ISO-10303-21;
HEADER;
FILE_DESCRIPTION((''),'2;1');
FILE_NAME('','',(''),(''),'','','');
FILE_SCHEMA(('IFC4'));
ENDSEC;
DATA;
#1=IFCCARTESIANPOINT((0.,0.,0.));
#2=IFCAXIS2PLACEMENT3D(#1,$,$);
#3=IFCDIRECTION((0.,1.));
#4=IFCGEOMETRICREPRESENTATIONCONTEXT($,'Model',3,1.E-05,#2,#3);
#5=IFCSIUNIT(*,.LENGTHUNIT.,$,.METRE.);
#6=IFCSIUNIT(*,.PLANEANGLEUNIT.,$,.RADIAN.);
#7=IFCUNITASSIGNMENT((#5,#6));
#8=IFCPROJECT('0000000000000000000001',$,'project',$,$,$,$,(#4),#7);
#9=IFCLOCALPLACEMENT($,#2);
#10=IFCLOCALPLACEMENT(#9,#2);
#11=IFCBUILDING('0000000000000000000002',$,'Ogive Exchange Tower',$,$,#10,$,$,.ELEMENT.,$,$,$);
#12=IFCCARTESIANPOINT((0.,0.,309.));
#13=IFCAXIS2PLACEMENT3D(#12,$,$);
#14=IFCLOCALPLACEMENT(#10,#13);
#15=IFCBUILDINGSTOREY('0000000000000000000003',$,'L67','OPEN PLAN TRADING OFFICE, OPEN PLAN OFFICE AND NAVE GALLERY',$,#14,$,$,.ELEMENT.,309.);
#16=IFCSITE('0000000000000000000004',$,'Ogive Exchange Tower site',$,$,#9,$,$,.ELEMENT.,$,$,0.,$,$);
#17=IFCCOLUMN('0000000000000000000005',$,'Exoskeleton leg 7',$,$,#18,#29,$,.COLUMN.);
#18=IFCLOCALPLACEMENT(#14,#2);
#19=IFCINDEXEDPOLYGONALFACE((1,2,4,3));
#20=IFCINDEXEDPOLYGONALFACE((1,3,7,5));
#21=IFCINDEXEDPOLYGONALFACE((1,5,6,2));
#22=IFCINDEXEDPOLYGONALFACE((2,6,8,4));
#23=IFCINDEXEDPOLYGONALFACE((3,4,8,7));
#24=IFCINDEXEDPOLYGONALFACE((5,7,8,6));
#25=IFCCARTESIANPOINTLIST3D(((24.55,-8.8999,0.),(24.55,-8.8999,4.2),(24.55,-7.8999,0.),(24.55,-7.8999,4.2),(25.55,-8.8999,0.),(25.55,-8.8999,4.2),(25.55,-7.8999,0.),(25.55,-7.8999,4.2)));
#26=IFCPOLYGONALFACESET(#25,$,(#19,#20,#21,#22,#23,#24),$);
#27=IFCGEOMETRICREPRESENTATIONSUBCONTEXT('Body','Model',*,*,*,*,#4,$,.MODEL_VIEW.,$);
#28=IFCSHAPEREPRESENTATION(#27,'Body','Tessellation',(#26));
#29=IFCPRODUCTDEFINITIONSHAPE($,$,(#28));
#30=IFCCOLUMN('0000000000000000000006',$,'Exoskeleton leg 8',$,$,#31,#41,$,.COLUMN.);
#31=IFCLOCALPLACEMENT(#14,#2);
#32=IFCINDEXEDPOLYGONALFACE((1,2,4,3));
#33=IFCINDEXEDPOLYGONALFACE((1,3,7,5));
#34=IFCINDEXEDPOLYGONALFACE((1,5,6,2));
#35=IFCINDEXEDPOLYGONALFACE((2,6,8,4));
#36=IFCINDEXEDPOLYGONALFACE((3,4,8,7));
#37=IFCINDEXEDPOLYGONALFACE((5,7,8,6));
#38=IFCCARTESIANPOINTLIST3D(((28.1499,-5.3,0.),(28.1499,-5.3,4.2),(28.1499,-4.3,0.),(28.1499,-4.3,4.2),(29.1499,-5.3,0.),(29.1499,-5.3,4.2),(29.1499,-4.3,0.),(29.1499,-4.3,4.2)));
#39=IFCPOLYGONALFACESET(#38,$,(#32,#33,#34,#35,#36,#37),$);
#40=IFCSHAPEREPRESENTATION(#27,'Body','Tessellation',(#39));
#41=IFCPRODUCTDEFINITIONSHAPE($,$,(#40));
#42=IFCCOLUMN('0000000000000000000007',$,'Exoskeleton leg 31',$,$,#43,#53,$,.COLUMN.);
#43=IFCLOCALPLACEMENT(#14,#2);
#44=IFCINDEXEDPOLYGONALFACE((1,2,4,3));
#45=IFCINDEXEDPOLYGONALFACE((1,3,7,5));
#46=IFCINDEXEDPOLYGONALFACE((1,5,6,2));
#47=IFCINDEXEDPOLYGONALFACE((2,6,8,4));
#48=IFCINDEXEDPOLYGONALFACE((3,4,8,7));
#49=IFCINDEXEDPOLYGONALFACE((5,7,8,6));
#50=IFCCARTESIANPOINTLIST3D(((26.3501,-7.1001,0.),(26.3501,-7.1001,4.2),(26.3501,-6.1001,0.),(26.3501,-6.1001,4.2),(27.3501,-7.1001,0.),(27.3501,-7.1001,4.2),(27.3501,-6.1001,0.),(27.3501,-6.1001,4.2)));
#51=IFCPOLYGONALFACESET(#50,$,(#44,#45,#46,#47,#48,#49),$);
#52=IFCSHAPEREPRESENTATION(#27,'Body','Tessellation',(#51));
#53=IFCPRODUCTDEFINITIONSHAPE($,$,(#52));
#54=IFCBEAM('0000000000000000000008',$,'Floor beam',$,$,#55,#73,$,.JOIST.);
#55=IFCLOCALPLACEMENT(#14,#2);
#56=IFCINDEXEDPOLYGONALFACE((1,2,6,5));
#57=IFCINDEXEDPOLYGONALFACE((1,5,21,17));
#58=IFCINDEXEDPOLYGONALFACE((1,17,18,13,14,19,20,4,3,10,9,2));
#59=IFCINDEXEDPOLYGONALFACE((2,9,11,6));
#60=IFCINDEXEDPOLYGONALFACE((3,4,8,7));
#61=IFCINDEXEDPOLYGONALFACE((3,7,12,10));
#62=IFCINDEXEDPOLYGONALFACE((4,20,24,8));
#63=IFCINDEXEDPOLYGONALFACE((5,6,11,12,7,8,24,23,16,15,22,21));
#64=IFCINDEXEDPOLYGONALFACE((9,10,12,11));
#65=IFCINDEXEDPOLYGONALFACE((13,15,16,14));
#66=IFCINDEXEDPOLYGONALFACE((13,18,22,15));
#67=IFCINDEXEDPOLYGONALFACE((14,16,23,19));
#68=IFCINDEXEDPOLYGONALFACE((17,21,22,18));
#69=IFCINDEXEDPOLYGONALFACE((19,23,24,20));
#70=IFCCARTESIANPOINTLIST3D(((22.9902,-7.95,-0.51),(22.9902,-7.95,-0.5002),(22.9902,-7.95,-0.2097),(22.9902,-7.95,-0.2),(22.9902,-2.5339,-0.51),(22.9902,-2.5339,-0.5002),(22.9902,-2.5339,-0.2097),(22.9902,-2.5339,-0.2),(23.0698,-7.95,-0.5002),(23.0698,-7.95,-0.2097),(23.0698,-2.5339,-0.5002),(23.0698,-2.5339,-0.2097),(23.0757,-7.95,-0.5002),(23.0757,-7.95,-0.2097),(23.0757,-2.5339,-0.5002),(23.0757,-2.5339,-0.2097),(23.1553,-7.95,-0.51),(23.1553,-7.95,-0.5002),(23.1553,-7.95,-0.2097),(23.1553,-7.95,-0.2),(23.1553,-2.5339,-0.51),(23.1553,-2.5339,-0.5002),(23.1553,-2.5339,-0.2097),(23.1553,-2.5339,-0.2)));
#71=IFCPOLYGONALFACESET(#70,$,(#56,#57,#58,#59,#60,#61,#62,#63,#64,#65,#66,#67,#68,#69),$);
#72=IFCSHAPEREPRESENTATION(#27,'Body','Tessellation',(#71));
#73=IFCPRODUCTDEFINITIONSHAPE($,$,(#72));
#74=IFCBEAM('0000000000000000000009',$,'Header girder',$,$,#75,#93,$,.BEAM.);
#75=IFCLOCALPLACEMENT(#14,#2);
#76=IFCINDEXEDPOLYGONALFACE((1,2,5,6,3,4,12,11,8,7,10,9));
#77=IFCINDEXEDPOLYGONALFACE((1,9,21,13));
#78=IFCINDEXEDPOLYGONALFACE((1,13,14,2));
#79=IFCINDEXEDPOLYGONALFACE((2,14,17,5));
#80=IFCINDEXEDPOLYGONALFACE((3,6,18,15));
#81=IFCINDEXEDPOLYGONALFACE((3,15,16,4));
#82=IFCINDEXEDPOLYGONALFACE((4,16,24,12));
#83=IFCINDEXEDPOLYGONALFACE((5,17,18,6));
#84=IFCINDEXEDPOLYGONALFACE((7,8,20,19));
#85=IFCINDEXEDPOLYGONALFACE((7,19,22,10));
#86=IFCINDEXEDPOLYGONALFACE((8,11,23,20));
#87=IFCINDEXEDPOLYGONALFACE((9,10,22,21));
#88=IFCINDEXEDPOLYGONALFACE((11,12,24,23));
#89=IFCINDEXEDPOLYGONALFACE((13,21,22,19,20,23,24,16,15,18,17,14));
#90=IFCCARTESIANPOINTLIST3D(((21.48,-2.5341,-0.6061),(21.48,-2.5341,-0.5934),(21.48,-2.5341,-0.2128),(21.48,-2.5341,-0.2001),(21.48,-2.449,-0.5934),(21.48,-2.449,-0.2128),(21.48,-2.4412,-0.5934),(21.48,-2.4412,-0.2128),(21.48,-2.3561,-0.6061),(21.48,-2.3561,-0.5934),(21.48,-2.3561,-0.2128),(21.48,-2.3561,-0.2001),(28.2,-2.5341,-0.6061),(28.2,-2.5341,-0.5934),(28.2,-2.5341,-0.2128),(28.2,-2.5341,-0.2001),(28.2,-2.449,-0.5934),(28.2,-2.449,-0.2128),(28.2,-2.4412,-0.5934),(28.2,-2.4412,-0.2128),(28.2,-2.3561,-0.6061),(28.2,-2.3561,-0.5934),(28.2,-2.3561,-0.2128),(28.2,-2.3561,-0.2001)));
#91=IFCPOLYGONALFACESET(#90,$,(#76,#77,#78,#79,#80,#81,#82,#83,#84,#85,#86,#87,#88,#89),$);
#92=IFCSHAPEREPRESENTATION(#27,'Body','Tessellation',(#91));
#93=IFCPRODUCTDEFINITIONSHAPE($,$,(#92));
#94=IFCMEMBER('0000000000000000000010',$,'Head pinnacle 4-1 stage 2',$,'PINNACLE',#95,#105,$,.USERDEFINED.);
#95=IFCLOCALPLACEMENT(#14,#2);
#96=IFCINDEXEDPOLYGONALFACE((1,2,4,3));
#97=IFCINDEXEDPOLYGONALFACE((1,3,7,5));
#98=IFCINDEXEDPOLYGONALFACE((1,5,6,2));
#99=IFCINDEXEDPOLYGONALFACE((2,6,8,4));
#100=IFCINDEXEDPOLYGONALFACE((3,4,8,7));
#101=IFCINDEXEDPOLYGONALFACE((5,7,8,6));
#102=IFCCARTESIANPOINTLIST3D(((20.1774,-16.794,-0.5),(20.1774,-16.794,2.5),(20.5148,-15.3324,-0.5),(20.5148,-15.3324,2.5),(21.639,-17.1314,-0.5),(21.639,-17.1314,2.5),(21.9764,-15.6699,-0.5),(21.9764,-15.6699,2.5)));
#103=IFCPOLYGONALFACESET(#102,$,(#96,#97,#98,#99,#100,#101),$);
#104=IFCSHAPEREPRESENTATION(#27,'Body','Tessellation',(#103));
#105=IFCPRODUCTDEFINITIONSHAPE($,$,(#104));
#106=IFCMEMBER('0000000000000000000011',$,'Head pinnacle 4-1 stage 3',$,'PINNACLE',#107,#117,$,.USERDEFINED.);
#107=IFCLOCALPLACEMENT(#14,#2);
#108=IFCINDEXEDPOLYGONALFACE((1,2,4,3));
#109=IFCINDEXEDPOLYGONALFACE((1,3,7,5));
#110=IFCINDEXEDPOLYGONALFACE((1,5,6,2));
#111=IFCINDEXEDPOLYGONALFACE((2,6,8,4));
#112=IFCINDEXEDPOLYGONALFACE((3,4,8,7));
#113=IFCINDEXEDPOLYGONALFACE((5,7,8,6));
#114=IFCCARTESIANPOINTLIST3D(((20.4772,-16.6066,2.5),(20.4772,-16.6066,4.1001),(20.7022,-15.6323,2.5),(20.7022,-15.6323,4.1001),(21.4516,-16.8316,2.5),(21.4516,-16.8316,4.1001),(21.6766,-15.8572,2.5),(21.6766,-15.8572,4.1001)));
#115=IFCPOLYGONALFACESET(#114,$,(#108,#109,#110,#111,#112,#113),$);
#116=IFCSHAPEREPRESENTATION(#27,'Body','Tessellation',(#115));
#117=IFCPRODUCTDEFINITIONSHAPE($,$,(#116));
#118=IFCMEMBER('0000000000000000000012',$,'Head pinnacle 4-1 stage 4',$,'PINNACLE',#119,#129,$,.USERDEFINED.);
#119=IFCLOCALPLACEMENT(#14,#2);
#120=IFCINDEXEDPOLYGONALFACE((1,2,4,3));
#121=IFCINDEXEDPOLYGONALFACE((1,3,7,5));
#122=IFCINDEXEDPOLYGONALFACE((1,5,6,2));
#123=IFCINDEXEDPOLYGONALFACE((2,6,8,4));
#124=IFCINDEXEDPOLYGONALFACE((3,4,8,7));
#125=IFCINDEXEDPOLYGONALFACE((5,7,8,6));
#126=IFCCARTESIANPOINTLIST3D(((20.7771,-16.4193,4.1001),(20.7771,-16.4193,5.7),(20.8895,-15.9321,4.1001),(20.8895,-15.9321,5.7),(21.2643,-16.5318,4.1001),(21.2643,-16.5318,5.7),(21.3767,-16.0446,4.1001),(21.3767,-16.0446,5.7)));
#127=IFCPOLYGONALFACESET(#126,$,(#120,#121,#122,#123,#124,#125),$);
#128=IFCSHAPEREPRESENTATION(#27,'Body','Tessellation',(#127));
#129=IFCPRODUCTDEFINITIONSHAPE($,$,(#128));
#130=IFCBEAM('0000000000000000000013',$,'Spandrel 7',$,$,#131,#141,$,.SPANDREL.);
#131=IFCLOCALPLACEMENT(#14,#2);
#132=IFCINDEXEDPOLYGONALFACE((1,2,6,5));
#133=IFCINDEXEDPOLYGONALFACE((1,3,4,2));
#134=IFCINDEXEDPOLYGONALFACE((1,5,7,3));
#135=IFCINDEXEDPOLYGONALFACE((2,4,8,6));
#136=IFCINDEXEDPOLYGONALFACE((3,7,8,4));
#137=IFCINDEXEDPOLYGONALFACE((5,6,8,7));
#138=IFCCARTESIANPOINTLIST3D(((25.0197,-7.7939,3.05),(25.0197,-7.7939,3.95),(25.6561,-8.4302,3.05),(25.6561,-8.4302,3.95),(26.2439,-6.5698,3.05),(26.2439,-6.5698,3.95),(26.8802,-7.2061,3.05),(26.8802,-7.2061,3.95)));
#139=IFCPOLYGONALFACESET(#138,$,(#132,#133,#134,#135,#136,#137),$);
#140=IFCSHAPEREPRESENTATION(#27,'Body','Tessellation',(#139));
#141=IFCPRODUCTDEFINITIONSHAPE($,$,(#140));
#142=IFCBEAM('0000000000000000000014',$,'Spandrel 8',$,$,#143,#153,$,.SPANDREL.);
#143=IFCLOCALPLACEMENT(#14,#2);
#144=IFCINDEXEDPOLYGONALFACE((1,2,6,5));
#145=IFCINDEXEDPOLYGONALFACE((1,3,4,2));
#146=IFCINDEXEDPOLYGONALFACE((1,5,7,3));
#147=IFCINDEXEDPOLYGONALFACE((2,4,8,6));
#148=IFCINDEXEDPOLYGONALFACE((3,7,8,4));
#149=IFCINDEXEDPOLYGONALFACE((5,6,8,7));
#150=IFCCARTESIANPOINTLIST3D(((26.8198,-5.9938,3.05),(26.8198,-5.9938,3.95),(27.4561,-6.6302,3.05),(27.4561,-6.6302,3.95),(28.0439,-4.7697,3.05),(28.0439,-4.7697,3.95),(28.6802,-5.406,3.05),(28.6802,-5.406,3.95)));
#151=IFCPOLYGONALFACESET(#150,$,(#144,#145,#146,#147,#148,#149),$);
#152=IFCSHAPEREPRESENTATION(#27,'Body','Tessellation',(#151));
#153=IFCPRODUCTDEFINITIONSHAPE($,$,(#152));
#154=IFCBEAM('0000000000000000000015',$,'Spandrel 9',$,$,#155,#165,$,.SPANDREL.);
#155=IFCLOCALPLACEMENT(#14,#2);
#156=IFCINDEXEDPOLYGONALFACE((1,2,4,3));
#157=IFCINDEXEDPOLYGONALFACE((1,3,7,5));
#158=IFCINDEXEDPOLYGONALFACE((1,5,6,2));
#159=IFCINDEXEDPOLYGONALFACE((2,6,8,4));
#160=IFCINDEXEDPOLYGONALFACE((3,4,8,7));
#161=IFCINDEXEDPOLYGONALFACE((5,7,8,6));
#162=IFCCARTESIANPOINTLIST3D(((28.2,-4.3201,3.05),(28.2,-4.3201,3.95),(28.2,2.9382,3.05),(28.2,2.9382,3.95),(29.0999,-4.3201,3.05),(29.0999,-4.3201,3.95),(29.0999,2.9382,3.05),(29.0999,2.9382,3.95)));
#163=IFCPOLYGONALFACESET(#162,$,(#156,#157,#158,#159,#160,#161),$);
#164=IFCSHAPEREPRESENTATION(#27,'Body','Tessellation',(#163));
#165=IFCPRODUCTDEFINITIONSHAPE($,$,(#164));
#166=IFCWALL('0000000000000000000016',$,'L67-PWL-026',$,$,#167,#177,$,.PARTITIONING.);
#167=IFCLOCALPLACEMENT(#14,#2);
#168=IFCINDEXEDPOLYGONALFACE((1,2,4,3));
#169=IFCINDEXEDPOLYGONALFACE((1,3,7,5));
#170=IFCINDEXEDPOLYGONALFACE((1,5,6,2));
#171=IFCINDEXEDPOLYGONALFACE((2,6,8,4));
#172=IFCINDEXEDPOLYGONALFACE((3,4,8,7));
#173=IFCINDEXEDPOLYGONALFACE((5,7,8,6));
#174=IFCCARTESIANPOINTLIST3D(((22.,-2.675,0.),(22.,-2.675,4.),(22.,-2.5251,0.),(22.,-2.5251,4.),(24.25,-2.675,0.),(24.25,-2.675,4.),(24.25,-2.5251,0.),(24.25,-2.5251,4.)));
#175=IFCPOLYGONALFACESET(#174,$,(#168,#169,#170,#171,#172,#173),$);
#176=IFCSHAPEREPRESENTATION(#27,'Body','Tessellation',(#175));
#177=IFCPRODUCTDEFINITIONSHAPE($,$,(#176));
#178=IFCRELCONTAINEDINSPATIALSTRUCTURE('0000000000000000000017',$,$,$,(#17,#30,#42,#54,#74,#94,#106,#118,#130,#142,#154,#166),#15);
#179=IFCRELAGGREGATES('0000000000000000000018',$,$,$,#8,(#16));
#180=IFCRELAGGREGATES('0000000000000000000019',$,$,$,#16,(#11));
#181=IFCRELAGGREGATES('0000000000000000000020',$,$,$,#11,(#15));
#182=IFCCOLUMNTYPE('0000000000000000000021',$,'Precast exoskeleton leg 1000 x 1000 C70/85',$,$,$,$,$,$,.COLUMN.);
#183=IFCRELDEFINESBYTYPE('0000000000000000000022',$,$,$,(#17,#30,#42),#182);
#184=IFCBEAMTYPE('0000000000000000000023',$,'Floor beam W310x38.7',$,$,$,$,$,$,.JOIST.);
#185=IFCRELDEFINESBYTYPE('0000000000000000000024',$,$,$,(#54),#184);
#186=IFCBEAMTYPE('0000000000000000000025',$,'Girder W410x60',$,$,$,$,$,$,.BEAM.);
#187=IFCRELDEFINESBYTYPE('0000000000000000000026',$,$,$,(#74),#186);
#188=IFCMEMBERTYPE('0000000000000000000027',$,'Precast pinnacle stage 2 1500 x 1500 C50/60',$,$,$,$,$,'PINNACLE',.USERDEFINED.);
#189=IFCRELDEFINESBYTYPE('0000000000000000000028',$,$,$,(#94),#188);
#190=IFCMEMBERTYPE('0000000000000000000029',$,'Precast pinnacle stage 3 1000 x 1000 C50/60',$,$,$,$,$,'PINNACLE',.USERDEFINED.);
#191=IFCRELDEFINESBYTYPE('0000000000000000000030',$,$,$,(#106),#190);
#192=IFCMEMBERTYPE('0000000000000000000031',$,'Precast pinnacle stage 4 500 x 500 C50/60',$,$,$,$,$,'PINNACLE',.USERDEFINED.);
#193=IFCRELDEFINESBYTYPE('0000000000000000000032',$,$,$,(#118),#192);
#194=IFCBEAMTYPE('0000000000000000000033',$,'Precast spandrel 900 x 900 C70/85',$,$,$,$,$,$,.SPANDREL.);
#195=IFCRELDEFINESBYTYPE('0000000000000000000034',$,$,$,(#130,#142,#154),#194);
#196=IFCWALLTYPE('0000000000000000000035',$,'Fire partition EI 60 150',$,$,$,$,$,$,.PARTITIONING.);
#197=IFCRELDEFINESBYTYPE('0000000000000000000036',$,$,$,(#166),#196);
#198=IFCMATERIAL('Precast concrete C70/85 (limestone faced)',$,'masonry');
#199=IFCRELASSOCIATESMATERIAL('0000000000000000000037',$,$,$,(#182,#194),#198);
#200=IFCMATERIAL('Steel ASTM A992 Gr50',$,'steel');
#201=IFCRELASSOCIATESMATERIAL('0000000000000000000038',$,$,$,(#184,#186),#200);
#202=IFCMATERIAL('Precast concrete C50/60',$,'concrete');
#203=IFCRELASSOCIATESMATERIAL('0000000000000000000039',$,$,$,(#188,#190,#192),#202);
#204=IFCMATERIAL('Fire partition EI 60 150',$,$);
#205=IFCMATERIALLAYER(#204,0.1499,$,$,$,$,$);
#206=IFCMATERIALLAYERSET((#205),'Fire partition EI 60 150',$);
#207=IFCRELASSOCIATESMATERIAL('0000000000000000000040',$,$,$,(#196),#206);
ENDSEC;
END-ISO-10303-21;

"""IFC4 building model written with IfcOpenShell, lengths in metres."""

from ifc_helpers import new_model, si_unit, direction, frame, frame_2d, origin, origin_2d, place, context, subcontext, project, spatial, rectangle, i_section, extrude, material, layer, layer_set, material_profile, profile_set, type_object, element, save


model = new_model("IFC4")

# Units and contexts
model_context = context("Model", 3, precision=1e-05, world=origin(), true_north=direction((0.0, 1.0)))
body_context = subcontext(model_context, "Body", "Model", "MODEL_VIEW")
ifc_project = project(units=[si_unit("LENGTHUNIT", "METRE"), si_unit("PLANEANGLEUNIT", "RADIAN")], contexts=[model_context])

# Site, building, storey
site_placement = place(None, origin())
site = spatial("IfcSite", under=ifc_project, at=site_placement, Name="Ogive Exchange Tower site", CompositionType="ELEMENT", RefElevation=0.0)
building_placement = place(site_placement, origin())
building = spatial("IfcBuilding", under=site, at=building_placement, Name="Ogive Exchange Tower", CompositionType="ELEMENT")
storey_placement = place(building_placement, frame((0.0, 0.0, 309.0)))
storey = spatial("IfcBuildingStorey", under=building, at=storey_placement, Name="L67", Description="OPEN PLAN TRADING OFFICE, OPEN PLAN OFFICE AND NAVE GALLERY", CompositionType="ELEMENT", Elevation=309.0)

# Columns
ifc_material_1 = material(Name="Precast concrete C70/85 (limestone faced)", Category="masonry")
ifc_material_profile_1 = material_profile(ifc_material_1, rectangle(XDim=1.0, YDim=1.0, at=origin_2d()), Name="1000 x 1000")
ifc_profile_set_1 = profile_set([ifc_material_profile_1], Name="Precast concrete C70/85 (limestone faced)")
column_type = type_object("IfcColumnType", Name="Precast exoskeleton leg 1000 x 1000 C70/85", PredefinedType="COLUMN", material=ifc_profile_set_1)
for number, where, z_axis, x_axis, name in (
    (1, (25.05, -8.3999, 0.0), (0.0, 0.0, 1.0), (1.0, 0.0, 0.0), "Exoskeleton leg 7"),
    (2, (28.6499, -4.8, 0.0), (0.0, 0.0, 1.0), (1.0, 0.0, 0.0), "Exoskeleton leg 8"),
    (3, (26.8501, -6.6001, 0.0), (0.0, 0.0, 1.0), (1.0, 0.0, 0.0), "Exoskeleton leg 31"),
):
    element("IfcColumn", number, at=place(storey_placement, frame(where, z_axis=z_axis, x_axis=x_axis)), inside=storey, type_object=column_type, Name=name, PredefinedType="COLUMN", context=body_context, shape_type="SweptSolid", body=[
        extrude(rectangle(XDim=1.0, YDim=1.0, at=origin_2d()), origin(), (0.0, 0.0, 1.0), 4.2),
    ])

# Beams
ifc_material_2 = material(Name="Steel ASTM A992 Gr50", Category="steel")
ifc_material_profile_2 = material_profile(ifc_material_2, i_section(OverallWidth=0.165, OverallDepth=0.3101, WebThickness=0.0059, FlangeThickness=0.0098, at=origin_2d()), Name="W310x38.7")
ifc_profile_set_2 = profile_set([ifc_material_profile_2], Name="Steel ASTM A992 Gr50")
beam_type_1 = type_object("IfcBeamType", Name="Floor beam W310x38.7", PredefinedType="JOIST", material=ifc_profile_set_2)
beam_1_placement = place(storey_placement, frame((23.0728, -7.95, -0.355), z_axis=(0.0, 1.0, 0.0), x_axis=(-1.0, 0.0, 0.0)))
element("IfcBeam", 4, at=beam_1_placement, inside=storey, type_object=beam_type_1, Name="Floor beam", PredefinedType="JOIST", context=body_context, shape_type="SweptSolid", body=[
    extrude(i_section(OverallWidth=0.165, OverallDepth=0.3101, WebThickness=0.0059, FlangeThickness=0.0098, at=origin_2d()), origin(), (0.0, 0.0, 1.0), 5.416),
])
ifc_material_profile_3 = material_profile(ifc_material_2, i_section(OverallWidth=0.178, OverallDepth=0.406, WebThickness=0.0078, FlangeThickness=0.0127, at=origin_2d()), Name="W410x60")
ifc_profile_set_3 = profile_set([ifc_material_profile_3], Name="Steel ASTM A992 Gr50")
beam_type_2 = type_object("IfcBeamType", Name="Girder W410x60", PredefinedType="BEAM", material=ifc_profile_set_3)
beam_2_placement = place(storey_placement, frame((21.48, -2.4451, -0.4031), z_axis=(1.0, 0.0, 0.0), x_axis=(0.0, 1.0, 0.0)))
element("IfcBeam", 5, at=beam_2_placement, inside=storey, type_object=beam_type_2, Name="Header girder", PredefinedType="BEAM", context=body_context, shape_type="SweptSolid", body=[
    extrude(i_section(OverallWidth=0.178, OverallDepth=0.406, WebThickness=0.0078, FlangeThickness=0.0127, at=origin_2d()), origin(), (0.0, 0.0, 1.0), 6.72),
])

# Members
ifc_material_3 = material(Name="Precast concrete C50/60", Category="concrete")
ifc_material_profile_4 = material_profile(ifc_material_3, rectangle(XDim=1.5, YDim=1.5, at=origin_2d()), Name="PINNACLE 2 1500 x 1500")
ifc_profile_set_4 = profile_set([ifc_material_profile_4], Name="Precast concrete C50/60")
member_type_1 = type_object("IfcMemberType", Name="Precast pinnacle stage 2 1500 x 1500 C50/60", ElementType="PINNACLE", PredefinedType="USERDEFINED", material=ifc_profile_set_4)
member_1_placement = place(storey_placement, frame((21.0769, -16.2319, -0.5), z_axis=(0.0, 0.0, 1.0), x_axis=(0.97437, -0.224951, 0.0)))
element("IfcMember", 6, at=member_1_placement, inside=storey, type_object=member_type_1, Name="Head pinnacle 4-1 stage 2", ObjectType="PINNACLE", PredefinedType="USERDEFINED", context=body_context, shape_type="SweptSolid", body=[
    extrude(rectangle(XDim=1.5, YDim=1.5, at=origin_2d()), origin(), (0.0, 0.0, 1.0), 3.0),
])
ifc_material_profile_5 = material_profile(ifc_material_3, rectangle(XDim=1.0, YDim=1.0, at=origin_2d()), Name="PINNACLE 3 1000 x 1000")
ifc_profile_set_5 = profile_set([ifc_material_profile_5], Name="Precast concrete C50/60")
member_type_2 = type_object("IfcMemberType", Name="Precast pinnacle stage 3 1000 x 1000 C50/60", ElementType="PINNACLE", PredefinedType="USERDEFINED", material=ifc_profile_set_5)
member_2_placement = place(storey_placement, frame((21.0769, -16.2319, 2.5), z_axis=(0.0, 0.0, 1.0), x_axis=(0.97437, -0.224951, 0.0)))
element("IfcMember", 7, at=member_2_placement, inside=storey, type_object=member_type_2, Name="Head pinnacle 4-1 stage 3", ObjectType="PINNACLE", PredefinedType="USERDEFINED", context=body_context, shape_type="SweptSolid", body=[
    extrude(rectangle(XDim=1.0, YDim=1.0, at=origin_2d()), origin(), (0.0, 0.0, 1.0), 1.6001),
])
ifc_material_profile_6 = material_profile(ifc_material_3, rectangle(XDim=0.5, YDim=0.5, at=origin_2d()), Name="PINNACLE 4 500 x 500")
ifc_profile_set_6 = profile_set([ifc_material_profile_6], Name="Precast concrete C50/60")
member_type_3 = type_object("IfcMemberType", Name="Precast pinnacle stage 4 500 x 500 C50/60", ElementType="PINNACLE", PredefinedType="USERDEFINED", material=ifc_profile_set_6)
member_3_placement = place(storey_placement, frame((21.0769, -16.2319, 4.1001), z_axis=(0.0, 0.0, 1.0), x_axis=(0.97437, -0.224951, 0.0)))
element("IfcMember", 8, at=member_3_placement, inside=storey, type_object=member_type_3, Name="Head pinnacle 4-1 stage 4", ObjectType="PINNACLE", PredefinedType="USERDEFINED", context=body_context, shape_type="SweptSolid", body=[
    extrude(rectangle(XDim=0.5, YDim=0.5, at=origin_2d()), origin(), (0.0, 0.0, 1.0), 1.5999),
])

# Beams
ifc_material_profile_7 = material_profile(ifc_material_1, rectangle(XDim=0.8999, YDim=0.8999, at=origin_2d()), Name="900 x 900")
ifc_profile_set_7 = profile_set([ifc_material_profile_7], Name="Precast concrete C70/85 (limestone faced)")
beam_type_3 = type_object("IfcBeamType", Name="Precast spandrel 900 x 900 C70/85", PredefinedType="SPANDREL", material=ifc_profile_set_7)
for number, where, z_axis, x_axis, name in (
    (9, (25.3379, -8.1121, 3.5), (0.707107, 0.707107, 0.0), (-0.707107, 0.707107, 0.0), "Spandrel 7"),
    (10, (27.1379, -6.312, 3.5), (0.707107, 0.707107, 0.0), (-0.707107, 0.707107, 0.0), "Spandrel 8"),
):
    element("IfcBeam", number, at=place(storey_placement, frame(where, z_axis=z_axis, x_axis=x_axis)), inside=storey, type_object=beam_type_3, Name=name, PredefinedType="SPANDREL", context=body_context, shape_type="SweptSolid", body=[
        extrude(rectangle(XDim=0.8999, YDim=0.8999, at=origin_2d()), origin(), (0.0, 0.0, 1.0), 1.7312),
    ])
beam_3_placement = place(storey_placement, frame((28.6499, -4.3201, 3.5), z_axis=(0.0, 1.0, 0.0), x_axis=(-1.0, 0.0, 0.0)))
element("IfcBeam", 11, at=beam_3_placement, inside=storey, type_object=beam_type_3, Name="Spandrel 9", PredefinedType="SPANDREL", context=body_context, shape_type="SweptSolid", body=[
    extrude(rectangle(XDim=0.8999, YDim=0.8999, at=origin_2d()), origin(), (0.0, 0.0, 1.0), 7.2583),
])

# Wall
ifc_material_4 = material(Name="Fire partition EI 60 150")
ifc_layer_1 = layer(ifc_material_4, 0.1499)
ifc_layer_set_1 = layer_set([ifc_layer_1], Name="Fire partition EI 60 150")
wall_type_1 = type_object("IfcWallType", Name="Fire partition EI 60 150", PredefinedType="PARTITIONING", material=ifc_layer_set_1)
wall_1_placement = place(storey_placement, frame((22.0, -2.6001, 0.0), z_axis=(0.0, 0.0, 1.0), x_axis=(1.0, 0.0, 0.0)))
element("IfcWall", 12, at=wall_1_placement, inside=storey, type_object=wall_type_1, Name="L67-PWL-026", PredefinedType="PARTITIONING", context=body_context, shape_type="SweptSolid", body=[
    extrude(rectangle(XDim=2.25, YDim=0.1499, at=frame_2d((1.125, 0.0))), origin(), (0.0, 0.0, 1.0), 4.0),
])

save(model, "model.ifc")
